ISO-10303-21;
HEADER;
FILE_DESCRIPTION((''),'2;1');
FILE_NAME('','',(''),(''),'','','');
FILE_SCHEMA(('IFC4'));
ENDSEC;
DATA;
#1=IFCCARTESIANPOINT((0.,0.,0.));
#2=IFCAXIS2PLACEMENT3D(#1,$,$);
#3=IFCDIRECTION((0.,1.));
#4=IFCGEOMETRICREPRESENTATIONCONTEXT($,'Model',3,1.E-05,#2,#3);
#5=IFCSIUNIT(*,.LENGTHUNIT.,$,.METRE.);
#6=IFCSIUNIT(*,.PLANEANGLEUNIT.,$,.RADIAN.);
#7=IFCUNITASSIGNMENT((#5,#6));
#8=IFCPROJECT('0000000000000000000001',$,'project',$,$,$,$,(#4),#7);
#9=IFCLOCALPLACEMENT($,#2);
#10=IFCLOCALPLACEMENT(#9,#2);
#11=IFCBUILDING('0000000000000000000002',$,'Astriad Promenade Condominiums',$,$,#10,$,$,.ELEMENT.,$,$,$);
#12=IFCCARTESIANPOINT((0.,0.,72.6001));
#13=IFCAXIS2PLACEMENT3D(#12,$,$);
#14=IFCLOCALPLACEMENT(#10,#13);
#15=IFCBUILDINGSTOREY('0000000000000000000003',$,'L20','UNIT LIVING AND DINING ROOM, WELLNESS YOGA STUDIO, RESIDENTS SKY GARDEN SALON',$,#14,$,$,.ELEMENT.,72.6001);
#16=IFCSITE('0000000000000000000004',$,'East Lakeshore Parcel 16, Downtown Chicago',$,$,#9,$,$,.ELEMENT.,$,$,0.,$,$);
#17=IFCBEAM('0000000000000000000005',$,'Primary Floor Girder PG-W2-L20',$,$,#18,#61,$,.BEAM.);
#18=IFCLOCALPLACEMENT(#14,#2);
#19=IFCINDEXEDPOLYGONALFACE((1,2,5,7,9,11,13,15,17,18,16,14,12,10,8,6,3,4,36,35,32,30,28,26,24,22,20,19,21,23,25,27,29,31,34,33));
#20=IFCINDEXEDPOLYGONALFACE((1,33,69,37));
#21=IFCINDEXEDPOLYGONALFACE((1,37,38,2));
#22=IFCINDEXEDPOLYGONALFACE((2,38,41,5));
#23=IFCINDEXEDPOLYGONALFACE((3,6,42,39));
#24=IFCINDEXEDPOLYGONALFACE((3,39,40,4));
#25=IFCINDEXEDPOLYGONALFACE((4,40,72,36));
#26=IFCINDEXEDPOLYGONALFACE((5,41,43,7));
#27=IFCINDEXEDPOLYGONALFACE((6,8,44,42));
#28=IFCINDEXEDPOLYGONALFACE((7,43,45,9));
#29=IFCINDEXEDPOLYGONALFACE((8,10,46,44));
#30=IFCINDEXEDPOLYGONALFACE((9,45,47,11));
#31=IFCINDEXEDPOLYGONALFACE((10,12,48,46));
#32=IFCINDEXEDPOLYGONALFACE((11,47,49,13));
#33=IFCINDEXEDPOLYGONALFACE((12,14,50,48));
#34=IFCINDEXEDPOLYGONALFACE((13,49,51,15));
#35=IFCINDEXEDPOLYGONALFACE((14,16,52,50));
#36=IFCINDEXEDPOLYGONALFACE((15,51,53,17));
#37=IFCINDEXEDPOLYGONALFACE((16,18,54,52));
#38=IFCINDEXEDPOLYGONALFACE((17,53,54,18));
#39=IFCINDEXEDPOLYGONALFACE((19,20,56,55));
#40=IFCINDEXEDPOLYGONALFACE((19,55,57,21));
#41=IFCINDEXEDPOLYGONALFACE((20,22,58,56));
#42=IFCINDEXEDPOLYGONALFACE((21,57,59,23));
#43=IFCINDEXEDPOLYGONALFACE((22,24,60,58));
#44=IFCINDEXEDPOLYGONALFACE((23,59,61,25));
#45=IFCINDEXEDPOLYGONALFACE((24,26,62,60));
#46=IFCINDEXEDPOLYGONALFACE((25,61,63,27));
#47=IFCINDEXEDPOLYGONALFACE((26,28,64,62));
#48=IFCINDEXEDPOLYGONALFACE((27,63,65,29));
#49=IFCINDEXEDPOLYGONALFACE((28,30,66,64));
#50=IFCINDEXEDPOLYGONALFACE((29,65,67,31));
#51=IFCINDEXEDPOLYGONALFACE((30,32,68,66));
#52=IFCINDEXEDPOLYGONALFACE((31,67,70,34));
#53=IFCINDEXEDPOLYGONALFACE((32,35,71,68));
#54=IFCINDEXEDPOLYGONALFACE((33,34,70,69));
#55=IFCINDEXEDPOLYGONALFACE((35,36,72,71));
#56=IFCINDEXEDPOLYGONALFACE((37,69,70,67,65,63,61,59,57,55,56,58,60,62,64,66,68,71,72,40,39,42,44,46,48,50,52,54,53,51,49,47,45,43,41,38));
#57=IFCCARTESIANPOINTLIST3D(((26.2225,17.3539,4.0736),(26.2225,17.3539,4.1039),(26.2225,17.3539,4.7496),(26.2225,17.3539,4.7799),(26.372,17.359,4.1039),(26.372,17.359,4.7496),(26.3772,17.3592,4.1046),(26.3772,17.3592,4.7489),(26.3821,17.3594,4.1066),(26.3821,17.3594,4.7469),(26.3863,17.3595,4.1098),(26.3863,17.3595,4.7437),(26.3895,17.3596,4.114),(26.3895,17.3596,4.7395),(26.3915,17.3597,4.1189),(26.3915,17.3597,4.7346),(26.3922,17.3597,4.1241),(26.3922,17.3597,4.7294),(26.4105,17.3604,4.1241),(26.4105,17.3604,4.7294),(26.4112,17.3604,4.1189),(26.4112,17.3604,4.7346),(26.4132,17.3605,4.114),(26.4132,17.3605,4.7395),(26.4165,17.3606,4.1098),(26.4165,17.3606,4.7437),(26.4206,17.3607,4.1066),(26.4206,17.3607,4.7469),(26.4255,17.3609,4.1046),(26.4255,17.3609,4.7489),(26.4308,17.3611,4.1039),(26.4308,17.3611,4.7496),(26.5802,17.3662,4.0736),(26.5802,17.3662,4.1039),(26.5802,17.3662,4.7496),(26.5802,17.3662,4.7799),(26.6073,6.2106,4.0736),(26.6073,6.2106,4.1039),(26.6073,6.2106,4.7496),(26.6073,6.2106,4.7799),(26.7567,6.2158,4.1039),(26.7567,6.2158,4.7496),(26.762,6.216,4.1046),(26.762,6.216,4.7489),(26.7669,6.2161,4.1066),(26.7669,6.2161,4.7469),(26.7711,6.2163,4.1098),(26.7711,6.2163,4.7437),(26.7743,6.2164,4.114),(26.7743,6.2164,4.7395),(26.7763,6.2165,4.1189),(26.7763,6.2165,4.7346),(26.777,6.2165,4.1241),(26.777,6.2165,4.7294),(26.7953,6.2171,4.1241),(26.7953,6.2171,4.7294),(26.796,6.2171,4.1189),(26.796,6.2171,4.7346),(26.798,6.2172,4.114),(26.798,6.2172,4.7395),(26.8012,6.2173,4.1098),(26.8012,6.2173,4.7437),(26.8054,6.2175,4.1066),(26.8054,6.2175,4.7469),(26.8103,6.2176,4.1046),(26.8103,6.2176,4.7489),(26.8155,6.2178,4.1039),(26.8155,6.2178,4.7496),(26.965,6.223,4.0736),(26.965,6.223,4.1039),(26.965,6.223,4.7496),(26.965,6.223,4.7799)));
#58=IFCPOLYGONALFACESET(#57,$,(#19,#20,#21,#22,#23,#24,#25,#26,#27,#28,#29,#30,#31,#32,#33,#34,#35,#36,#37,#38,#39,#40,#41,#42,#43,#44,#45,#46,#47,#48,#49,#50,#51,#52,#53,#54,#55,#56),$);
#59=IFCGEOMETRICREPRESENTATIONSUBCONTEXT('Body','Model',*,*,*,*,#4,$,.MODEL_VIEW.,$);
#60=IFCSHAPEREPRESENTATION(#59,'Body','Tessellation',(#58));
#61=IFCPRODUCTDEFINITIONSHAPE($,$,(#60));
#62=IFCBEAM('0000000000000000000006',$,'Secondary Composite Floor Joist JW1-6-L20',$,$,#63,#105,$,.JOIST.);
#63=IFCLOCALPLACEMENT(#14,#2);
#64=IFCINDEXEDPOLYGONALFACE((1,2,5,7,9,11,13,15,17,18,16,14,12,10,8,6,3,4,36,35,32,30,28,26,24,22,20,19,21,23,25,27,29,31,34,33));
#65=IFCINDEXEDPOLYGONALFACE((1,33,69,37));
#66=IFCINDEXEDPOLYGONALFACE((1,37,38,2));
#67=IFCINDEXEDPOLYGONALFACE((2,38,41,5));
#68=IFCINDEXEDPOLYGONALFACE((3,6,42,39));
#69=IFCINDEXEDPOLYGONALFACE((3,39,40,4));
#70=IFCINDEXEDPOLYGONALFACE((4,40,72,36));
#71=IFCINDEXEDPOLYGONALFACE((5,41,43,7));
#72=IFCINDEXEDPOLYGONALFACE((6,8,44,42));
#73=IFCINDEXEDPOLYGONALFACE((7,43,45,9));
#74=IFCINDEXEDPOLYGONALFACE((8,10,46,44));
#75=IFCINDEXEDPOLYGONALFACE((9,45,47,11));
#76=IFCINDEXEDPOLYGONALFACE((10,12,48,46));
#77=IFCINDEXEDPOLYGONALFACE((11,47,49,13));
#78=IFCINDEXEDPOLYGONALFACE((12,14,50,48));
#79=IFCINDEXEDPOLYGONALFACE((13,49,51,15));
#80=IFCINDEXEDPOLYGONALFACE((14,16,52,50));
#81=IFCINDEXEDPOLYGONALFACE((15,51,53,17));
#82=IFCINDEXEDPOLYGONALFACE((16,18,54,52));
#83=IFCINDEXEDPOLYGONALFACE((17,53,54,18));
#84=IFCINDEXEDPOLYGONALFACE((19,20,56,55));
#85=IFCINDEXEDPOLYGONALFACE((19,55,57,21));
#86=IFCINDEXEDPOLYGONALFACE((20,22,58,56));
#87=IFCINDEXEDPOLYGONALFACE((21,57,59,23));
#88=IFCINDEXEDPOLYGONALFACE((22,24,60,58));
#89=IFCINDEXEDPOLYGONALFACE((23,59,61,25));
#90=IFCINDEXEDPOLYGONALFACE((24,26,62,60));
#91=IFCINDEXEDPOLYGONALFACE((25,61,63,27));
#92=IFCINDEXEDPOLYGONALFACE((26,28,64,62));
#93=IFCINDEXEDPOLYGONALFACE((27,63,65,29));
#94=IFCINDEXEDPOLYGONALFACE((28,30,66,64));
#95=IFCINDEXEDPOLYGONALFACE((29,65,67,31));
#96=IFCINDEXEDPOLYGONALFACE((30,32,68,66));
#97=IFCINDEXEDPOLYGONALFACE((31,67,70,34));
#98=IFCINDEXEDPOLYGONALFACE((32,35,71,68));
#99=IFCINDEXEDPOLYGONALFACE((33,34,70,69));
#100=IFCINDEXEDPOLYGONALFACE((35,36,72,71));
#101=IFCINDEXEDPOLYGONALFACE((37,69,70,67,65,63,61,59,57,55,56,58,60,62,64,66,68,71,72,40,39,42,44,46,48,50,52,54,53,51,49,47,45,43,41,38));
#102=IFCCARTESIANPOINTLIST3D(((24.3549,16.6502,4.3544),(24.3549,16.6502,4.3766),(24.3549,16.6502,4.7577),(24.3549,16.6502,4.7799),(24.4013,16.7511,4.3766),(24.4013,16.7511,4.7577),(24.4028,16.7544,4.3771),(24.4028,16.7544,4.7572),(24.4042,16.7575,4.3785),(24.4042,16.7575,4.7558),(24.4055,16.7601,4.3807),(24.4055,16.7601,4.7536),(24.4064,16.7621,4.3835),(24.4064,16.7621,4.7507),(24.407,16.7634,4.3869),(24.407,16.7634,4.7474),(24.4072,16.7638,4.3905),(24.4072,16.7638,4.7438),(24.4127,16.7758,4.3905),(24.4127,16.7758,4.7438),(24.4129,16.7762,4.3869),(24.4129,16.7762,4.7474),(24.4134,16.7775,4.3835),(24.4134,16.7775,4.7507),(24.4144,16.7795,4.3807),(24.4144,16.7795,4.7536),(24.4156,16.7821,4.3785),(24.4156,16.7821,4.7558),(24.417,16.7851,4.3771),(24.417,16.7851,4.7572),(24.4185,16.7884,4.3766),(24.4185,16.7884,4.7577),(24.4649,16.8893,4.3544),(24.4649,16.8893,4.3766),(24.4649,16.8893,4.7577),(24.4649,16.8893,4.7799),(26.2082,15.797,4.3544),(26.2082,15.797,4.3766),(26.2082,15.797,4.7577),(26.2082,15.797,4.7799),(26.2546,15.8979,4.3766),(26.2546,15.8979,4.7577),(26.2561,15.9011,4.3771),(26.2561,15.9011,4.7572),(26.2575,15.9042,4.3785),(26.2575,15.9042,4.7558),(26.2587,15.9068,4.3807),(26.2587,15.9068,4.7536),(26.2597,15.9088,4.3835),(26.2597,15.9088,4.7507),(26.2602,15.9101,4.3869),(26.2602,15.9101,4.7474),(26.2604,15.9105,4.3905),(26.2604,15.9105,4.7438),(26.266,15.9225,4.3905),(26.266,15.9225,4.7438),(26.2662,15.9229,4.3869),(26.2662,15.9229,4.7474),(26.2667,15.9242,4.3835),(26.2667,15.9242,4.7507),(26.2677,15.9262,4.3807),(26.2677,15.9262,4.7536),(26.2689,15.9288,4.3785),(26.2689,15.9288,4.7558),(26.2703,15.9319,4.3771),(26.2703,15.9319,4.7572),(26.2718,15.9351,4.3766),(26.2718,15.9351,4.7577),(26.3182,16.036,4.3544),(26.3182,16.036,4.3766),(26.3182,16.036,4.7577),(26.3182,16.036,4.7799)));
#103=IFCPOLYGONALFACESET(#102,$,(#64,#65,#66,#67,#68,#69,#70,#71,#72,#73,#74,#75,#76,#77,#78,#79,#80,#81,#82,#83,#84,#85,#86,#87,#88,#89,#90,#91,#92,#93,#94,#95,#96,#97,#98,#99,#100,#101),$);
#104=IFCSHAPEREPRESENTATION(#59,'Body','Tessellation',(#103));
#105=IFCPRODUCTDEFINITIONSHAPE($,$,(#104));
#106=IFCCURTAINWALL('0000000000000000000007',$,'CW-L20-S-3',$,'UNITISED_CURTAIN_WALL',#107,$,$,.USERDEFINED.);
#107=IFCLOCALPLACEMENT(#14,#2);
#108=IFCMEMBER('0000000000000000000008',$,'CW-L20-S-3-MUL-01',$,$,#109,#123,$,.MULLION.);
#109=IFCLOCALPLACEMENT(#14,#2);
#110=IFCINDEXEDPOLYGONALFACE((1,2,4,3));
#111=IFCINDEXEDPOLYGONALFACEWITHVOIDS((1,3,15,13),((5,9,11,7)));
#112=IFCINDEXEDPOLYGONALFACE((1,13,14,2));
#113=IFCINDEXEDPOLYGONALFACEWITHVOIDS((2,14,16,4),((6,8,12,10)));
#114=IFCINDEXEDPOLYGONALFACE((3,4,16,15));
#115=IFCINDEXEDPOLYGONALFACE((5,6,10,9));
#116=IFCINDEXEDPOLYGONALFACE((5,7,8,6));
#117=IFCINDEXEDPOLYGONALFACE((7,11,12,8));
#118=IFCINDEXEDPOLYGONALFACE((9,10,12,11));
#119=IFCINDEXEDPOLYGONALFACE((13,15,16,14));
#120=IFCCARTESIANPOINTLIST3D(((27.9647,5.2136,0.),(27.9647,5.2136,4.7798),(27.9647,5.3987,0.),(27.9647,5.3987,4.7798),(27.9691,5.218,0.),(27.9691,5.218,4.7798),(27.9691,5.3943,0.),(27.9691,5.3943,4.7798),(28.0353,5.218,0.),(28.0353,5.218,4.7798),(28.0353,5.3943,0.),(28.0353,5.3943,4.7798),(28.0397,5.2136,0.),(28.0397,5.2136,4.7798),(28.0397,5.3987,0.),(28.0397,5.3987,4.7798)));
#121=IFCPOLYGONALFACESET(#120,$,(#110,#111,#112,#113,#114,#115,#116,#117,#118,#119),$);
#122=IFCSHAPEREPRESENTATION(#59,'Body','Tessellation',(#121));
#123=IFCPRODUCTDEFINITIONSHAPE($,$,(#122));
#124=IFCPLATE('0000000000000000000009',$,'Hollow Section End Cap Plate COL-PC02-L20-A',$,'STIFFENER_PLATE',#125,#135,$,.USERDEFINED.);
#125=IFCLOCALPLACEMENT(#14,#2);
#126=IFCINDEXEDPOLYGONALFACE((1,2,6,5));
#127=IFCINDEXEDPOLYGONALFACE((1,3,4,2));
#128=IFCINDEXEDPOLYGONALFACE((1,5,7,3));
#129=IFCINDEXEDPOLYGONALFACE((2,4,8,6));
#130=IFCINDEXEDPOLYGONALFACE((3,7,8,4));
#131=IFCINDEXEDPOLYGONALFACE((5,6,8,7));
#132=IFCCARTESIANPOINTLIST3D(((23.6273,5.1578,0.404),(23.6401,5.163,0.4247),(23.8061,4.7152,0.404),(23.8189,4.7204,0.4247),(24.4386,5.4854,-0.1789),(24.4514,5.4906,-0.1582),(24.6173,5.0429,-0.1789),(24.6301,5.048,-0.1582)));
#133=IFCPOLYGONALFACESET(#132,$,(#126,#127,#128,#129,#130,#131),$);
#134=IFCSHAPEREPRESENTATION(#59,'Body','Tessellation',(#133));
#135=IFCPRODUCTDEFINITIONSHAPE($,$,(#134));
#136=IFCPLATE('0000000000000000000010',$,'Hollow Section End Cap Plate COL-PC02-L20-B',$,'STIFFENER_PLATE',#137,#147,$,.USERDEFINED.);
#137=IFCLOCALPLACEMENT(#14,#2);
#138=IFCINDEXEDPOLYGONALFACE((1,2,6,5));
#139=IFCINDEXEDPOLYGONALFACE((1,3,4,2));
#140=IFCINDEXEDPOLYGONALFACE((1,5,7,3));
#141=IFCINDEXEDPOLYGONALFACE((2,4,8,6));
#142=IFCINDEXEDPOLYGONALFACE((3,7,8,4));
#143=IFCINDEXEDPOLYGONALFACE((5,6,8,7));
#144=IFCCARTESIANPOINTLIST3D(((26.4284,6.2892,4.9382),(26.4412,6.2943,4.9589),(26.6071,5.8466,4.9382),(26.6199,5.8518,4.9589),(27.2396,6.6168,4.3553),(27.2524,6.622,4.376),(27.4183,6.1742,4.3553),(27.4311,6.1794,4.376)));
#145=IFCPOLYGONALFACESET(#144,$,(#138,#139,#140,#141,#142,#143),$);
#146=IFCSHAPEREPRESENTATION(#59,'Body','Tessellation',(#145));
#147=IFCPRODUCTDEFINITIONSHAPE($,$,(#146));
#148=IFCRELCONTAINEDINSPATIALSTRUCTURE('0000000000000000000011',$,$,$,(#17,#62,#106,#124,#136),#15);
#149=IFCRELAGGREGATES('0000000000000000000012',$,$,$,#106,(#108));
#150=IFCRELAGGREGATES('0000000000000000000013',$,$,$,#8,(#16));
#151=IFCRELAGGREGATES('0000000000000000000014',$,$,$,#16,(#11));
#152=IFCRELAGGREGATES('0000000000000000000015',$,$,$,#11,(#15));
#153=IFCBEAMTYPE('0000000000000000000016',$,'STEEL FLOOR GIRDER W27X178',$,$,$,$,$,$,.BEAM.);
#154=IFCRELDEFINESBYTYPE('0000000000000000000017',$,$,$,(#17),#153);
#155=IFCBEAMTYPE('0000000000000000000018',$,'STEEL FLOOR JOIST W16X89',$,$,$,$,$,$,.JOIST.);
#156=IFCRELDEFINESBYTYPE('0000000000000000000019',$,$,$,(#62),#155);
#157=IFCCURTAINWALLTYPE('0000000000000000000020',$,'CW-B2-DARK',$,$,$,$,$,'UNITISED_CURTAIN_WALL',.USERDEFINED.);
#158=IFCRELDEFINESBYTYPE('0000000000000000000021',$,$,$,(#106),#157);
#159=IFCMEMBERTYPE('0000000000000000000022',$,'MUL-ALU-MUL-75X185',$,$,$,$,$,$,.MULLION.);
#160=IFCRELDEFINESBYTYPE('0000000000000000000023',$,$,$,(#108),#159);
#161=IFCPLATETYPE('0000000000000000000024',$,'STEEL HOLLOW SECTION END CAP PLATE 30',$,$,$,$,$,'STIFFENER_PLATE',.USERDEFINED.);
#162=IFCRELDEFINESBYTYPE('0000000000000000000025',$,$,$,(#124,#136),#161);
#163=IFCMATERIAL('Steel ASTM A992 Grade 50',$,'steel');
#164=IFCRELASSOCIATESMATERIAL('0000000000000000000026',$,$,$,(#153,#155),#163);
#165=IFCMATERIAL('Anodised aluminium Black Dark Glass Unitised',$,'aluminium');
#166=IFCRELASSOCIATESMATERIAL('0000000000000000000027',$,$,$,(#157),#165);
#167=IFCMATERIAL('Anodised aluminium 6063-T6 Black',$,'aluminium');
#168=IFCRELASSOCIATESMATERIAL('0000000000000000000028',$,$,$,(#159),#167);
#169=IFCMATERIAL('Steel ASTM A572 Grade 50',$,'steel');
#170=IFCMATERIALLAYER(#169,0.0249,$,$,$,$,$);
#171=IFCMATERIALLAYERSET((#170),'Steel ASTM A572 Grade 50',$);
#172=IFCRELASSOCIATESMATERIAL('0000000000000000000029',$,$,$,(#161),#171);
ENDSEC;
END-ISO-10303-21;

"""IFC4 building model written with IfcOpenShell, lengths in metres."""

from ifc_helpers import new_model, si_unit, direction, frame, origin, origin_2d, place, context, subcontext, project, spatial, rectangle, hollow_rectangle, i_section, extrude, source, transform, mapped, material, layer, layer_set, material_profile, profile_set, type_object, type_shapes, element, aggregate, save


model = new_model("IFC4")

# Units and contexts
model_context = context("Model", 3, precision=1e-05, world=origin(), true_north=direction((0.0, 1.0)))
body_context = subcontext(model_context, "Body", "Model", "MODEL_VIEW")
ifc_project = project(units=[si_unit("LENGTHUNIT", "METRE"), si_unit("PLANEANGLEUNIT", "RADIAN")], contexts=[model_context])

# Site, building, storey
site_placement = place(None, origin())
site = spatial("IfcSite", under=ifc_project, at=site_placement, Name="East Lakeshore Parcel 16, Downtown Chicago", CompositionType="ELEMENT", RefElevation=0.0)
building_placement = place(site_placement, origin())
building = spatial("IfcBuilding", under=site, at=building_placement, Name="Astriad Promenade Condominiums", CompositionType="ELEMENT")
storey_placement = place(building_placement, frame((0.0, 0.0, 72.6001)))
storey = spatial("IfcBuildingStorey", under=building, at=storey_placement, Name="L20", Description="UNIT LIVING AND DINING ROOM, WELLNESS YOGA STUDIO, RESIDENTS SKY GARDEN SALON", CompositionType="ELEMENT", Elevation=72.6001)

# Shared definitions
ifc_material_1 = material(Name="Steel ASTM A992 Grade 50", Category="steel")

# Beams
ifc_material_profile_1 = material_profile(ifc_material_1, i_section(OverallWidth=0.3579, OverallDepth=0.7063, WebThickness=0.0183, FlangeThickness=0.0303, FilletRadius=0.0203, at=origin_2d()), Name="W27X178")
ifc_profile_set_1 = profile_set([ifc_material_profile_1], Name="Steel ASTM A992 Grade 50")
beam_type_1 = type_object("IfcBeamType", Name="STEEL FLOOR GIRDER W27X178", PredefinedType="BEAM", material=ifc_profile_set_1)
shared_shape_1 = source(origin(), body_context, "Body", "SweptSolid", [
    extrude(i_section(OverallWidth=0.3579, OverallDepth=0.7063, WebThickness=0.0183, FlangeThickness=0.0303, FilletRadius=0.0203, at=origin_2d()), origin(), (0.0, 0.0, 1.0), 11.1499),
])
beam_1_placement = place(storey_placement, frame((26.7861, 6.2168, 4.4268), z_axis=(-0.034508, 0.999404, 0.0), x_axis=(-0.999404, -0.034508, 0.0)))
element("IfcBeam", 1, at=beam_1_placement, inside=storey, type_object=beam_type_1, Name="Primary Floor Girder PG-W2-L20", PredefinedType="BEAM", context=body_context, shape_type="MappedRepresentation", body=[
    mapped(shared_shape_1, transform((0.0, 0.0, 0.0), scale=1.0)),
])
ifc_material_profile_2 = material_profile(ifc_material_1, i_section(OverallWidth=0.2632, OverallDepth=0.4255, WebThickness=0.0132, FlangeThickness=0.0222, FilletRadius=0.0139, at=origin_2d()), Name="W16X89")
ifc_profile_set_2 = profile_set([ifc_material_profile_2], Name="Steel ASTM A992 Grade 50")
beam_type_2 = type_object("IfcBeamType", Name="STEEL FLOOR JOIST W16X89", PredefinedType="JOIST", material=ifc_profile_set_2)
shared_shape_2 = source(origin(), body_context, "Body", "SweptSolid", [
    extrude(i_section(OverallWidth=0.2632, OverallDepth=0.4255, WebThickness=0.0132, FlangeThickness=0.0222, FilletRadius=0.0139, at=origin_2d()), origin(), (0.0, 0.0, 1.0), 2.0403),
])
type_shapes(beam_type_2, [shared_shape_2])
beam_2_placement = place(storey_placement, frame((24.4099, 16.7698, 4.5671), z_axis=(0.908348, -0.418216, 0.0), x_axis=(0.418216, 0.908348, 0.0)))
element("IfcBeam", 2, at=beam_2_placement, inside=storey, type_object=beam_type_2, Name="Secondary Composite Floor Joist JW1-6-L20", PredefinedType="JOIST", context=body_context, shape_type="MappedRepresentation", body=[
    mapped(shared_shape_2, transform((0.0, 0.0, 0.0), scale=1.0)),
])

# Curtain wall, member
ifc_material_2 = material(Name="Anodised aluminium Black Dark Glass Unitised", Category="aluminium")
curtain_wall_type = type_object("IfcCurtainWallType", Name="CW-B2-DARK", ElementType="UNITISED_CURTAIN_WALL", PredefinedType="USERDEFINED", material=ifc_material_2)
curtain_wall_placement = place(storey_placement, origin())
curtain_wall = element("IfcCurtainWall", 3, at=curtain_wall_placement, inside=storey, type_object=curtain_wall_type, Name="CW-L20-S-3", ObjectType="UNITISED_CURTAIN_WALL", PredefinedType="USERDEFINED")
ifc_material_3 = material(Name="Anodised aluminium 6063-T6 Black", Category="aluminium")
ifc_material_profile_3 = material_profile(ifc_material_3, hollow_rectangle(XDim=0.075, YDim=0.1851, WallThickness=0.0044, at=origin_2d()), Name="ALU-MUL-75X185")
ifc_profile_set_3 = profile_set([ifc_material_profile_3], Name="Anodised aluminium 6063-T6 Black")
member_type = type_object("IfcMemberType", Name="MUL-ALU-MUL-75X185", PredefinedType="MULLION", material=ifc_profile_set_3)
shared_shape_3 = source(origin(), body_context, "Body", "SweptSolid", [
    extrude(hollow_rectangle(XDim=0.075, YDim=0.1851, WallThickness=0.0044, at=origin_2d()), origin(), (0.0, 0.0, 1.0), 4.7798),
])
type_shapes(member_type, [shared_shape_3])
member_placement = place(storey_placement, frame((28.0022, 5.3062, 0.0), z_axis=(0.0, 0.0, 1.0), x_axis=(1.0, 0.0, 0.0)))
member = element("IfcMember", 4, at=member_placement, type_object=member_type, Name="CW-L20-S-3-MUL-01", PredefinedType="MULLION", context=body_context, shape_type="MappedRepresentation", body=[
    mapped(shared_shape_3, transform((0.0, 0.0, 0.0), scale=1.0)),
])
aggregate(curtain_wall, [member])

# Plates
ifc_material_4 = material(Name="Steel ASTM A572 Grade 50", Category="steel")
ifc_layer_1 = layer(ifc_material_4, 0.0249)
ifc_layer_set_1 = layer_set([ifc_layer_1], Name="Steel ASTM A572 Grade 50")
plate_type = type_object("IfcPlateType", Name="STEEL HOLLOW SECTION END CAP PLATE 30", ElementType="STIFFENER_PLATE", PredefinedType="USERDEFINED", material=ifc_layer_set_1)
shared_shape_4 = source(origin(), body_context, "Body", "SweptSolid", [
    extrude(rectangle(XDim=0.4773, YDim=1.0513, at=origin_2d()), origin(), (0.0, 0.0, 1.0), 0.0249),
])
type_shapes(plate_type, [shared_shape_4])
for number, where, z_axis, x_axis, name in (
    (5, (24.1223, 5.1003, 0.1125), (0.514106, 0.20763, 0.832217), (-0.374479, 0.927235, 0.0), "Hollow Section End Cap Plate COL-PC02-L20-A"),
    (6, (26.9233, 6.2317, 4.6467), (0.514106, 0.20763, 0.832217), (-0.374479, 0.927235, 0.0), "Hollow Section End Cap Plate COL-PC02-L20-B"),
):
    element("IfcPlate", number, at=place(storey_placement, frame(where, z_axis=z_axis, x_axis=x_axis)), inside=storey, type_object=plate_type, Name=name, ObjectType="STIFFENER_PLATE", PredefinedType="USERDEFINED", context=body_context, shape_type="MappedRepresentation", body=[
        mapped(shared_shape_4, transform((0.0, 0.0, 0.0), scale=1.0)),
    ])

save(model, "model.ifc")
